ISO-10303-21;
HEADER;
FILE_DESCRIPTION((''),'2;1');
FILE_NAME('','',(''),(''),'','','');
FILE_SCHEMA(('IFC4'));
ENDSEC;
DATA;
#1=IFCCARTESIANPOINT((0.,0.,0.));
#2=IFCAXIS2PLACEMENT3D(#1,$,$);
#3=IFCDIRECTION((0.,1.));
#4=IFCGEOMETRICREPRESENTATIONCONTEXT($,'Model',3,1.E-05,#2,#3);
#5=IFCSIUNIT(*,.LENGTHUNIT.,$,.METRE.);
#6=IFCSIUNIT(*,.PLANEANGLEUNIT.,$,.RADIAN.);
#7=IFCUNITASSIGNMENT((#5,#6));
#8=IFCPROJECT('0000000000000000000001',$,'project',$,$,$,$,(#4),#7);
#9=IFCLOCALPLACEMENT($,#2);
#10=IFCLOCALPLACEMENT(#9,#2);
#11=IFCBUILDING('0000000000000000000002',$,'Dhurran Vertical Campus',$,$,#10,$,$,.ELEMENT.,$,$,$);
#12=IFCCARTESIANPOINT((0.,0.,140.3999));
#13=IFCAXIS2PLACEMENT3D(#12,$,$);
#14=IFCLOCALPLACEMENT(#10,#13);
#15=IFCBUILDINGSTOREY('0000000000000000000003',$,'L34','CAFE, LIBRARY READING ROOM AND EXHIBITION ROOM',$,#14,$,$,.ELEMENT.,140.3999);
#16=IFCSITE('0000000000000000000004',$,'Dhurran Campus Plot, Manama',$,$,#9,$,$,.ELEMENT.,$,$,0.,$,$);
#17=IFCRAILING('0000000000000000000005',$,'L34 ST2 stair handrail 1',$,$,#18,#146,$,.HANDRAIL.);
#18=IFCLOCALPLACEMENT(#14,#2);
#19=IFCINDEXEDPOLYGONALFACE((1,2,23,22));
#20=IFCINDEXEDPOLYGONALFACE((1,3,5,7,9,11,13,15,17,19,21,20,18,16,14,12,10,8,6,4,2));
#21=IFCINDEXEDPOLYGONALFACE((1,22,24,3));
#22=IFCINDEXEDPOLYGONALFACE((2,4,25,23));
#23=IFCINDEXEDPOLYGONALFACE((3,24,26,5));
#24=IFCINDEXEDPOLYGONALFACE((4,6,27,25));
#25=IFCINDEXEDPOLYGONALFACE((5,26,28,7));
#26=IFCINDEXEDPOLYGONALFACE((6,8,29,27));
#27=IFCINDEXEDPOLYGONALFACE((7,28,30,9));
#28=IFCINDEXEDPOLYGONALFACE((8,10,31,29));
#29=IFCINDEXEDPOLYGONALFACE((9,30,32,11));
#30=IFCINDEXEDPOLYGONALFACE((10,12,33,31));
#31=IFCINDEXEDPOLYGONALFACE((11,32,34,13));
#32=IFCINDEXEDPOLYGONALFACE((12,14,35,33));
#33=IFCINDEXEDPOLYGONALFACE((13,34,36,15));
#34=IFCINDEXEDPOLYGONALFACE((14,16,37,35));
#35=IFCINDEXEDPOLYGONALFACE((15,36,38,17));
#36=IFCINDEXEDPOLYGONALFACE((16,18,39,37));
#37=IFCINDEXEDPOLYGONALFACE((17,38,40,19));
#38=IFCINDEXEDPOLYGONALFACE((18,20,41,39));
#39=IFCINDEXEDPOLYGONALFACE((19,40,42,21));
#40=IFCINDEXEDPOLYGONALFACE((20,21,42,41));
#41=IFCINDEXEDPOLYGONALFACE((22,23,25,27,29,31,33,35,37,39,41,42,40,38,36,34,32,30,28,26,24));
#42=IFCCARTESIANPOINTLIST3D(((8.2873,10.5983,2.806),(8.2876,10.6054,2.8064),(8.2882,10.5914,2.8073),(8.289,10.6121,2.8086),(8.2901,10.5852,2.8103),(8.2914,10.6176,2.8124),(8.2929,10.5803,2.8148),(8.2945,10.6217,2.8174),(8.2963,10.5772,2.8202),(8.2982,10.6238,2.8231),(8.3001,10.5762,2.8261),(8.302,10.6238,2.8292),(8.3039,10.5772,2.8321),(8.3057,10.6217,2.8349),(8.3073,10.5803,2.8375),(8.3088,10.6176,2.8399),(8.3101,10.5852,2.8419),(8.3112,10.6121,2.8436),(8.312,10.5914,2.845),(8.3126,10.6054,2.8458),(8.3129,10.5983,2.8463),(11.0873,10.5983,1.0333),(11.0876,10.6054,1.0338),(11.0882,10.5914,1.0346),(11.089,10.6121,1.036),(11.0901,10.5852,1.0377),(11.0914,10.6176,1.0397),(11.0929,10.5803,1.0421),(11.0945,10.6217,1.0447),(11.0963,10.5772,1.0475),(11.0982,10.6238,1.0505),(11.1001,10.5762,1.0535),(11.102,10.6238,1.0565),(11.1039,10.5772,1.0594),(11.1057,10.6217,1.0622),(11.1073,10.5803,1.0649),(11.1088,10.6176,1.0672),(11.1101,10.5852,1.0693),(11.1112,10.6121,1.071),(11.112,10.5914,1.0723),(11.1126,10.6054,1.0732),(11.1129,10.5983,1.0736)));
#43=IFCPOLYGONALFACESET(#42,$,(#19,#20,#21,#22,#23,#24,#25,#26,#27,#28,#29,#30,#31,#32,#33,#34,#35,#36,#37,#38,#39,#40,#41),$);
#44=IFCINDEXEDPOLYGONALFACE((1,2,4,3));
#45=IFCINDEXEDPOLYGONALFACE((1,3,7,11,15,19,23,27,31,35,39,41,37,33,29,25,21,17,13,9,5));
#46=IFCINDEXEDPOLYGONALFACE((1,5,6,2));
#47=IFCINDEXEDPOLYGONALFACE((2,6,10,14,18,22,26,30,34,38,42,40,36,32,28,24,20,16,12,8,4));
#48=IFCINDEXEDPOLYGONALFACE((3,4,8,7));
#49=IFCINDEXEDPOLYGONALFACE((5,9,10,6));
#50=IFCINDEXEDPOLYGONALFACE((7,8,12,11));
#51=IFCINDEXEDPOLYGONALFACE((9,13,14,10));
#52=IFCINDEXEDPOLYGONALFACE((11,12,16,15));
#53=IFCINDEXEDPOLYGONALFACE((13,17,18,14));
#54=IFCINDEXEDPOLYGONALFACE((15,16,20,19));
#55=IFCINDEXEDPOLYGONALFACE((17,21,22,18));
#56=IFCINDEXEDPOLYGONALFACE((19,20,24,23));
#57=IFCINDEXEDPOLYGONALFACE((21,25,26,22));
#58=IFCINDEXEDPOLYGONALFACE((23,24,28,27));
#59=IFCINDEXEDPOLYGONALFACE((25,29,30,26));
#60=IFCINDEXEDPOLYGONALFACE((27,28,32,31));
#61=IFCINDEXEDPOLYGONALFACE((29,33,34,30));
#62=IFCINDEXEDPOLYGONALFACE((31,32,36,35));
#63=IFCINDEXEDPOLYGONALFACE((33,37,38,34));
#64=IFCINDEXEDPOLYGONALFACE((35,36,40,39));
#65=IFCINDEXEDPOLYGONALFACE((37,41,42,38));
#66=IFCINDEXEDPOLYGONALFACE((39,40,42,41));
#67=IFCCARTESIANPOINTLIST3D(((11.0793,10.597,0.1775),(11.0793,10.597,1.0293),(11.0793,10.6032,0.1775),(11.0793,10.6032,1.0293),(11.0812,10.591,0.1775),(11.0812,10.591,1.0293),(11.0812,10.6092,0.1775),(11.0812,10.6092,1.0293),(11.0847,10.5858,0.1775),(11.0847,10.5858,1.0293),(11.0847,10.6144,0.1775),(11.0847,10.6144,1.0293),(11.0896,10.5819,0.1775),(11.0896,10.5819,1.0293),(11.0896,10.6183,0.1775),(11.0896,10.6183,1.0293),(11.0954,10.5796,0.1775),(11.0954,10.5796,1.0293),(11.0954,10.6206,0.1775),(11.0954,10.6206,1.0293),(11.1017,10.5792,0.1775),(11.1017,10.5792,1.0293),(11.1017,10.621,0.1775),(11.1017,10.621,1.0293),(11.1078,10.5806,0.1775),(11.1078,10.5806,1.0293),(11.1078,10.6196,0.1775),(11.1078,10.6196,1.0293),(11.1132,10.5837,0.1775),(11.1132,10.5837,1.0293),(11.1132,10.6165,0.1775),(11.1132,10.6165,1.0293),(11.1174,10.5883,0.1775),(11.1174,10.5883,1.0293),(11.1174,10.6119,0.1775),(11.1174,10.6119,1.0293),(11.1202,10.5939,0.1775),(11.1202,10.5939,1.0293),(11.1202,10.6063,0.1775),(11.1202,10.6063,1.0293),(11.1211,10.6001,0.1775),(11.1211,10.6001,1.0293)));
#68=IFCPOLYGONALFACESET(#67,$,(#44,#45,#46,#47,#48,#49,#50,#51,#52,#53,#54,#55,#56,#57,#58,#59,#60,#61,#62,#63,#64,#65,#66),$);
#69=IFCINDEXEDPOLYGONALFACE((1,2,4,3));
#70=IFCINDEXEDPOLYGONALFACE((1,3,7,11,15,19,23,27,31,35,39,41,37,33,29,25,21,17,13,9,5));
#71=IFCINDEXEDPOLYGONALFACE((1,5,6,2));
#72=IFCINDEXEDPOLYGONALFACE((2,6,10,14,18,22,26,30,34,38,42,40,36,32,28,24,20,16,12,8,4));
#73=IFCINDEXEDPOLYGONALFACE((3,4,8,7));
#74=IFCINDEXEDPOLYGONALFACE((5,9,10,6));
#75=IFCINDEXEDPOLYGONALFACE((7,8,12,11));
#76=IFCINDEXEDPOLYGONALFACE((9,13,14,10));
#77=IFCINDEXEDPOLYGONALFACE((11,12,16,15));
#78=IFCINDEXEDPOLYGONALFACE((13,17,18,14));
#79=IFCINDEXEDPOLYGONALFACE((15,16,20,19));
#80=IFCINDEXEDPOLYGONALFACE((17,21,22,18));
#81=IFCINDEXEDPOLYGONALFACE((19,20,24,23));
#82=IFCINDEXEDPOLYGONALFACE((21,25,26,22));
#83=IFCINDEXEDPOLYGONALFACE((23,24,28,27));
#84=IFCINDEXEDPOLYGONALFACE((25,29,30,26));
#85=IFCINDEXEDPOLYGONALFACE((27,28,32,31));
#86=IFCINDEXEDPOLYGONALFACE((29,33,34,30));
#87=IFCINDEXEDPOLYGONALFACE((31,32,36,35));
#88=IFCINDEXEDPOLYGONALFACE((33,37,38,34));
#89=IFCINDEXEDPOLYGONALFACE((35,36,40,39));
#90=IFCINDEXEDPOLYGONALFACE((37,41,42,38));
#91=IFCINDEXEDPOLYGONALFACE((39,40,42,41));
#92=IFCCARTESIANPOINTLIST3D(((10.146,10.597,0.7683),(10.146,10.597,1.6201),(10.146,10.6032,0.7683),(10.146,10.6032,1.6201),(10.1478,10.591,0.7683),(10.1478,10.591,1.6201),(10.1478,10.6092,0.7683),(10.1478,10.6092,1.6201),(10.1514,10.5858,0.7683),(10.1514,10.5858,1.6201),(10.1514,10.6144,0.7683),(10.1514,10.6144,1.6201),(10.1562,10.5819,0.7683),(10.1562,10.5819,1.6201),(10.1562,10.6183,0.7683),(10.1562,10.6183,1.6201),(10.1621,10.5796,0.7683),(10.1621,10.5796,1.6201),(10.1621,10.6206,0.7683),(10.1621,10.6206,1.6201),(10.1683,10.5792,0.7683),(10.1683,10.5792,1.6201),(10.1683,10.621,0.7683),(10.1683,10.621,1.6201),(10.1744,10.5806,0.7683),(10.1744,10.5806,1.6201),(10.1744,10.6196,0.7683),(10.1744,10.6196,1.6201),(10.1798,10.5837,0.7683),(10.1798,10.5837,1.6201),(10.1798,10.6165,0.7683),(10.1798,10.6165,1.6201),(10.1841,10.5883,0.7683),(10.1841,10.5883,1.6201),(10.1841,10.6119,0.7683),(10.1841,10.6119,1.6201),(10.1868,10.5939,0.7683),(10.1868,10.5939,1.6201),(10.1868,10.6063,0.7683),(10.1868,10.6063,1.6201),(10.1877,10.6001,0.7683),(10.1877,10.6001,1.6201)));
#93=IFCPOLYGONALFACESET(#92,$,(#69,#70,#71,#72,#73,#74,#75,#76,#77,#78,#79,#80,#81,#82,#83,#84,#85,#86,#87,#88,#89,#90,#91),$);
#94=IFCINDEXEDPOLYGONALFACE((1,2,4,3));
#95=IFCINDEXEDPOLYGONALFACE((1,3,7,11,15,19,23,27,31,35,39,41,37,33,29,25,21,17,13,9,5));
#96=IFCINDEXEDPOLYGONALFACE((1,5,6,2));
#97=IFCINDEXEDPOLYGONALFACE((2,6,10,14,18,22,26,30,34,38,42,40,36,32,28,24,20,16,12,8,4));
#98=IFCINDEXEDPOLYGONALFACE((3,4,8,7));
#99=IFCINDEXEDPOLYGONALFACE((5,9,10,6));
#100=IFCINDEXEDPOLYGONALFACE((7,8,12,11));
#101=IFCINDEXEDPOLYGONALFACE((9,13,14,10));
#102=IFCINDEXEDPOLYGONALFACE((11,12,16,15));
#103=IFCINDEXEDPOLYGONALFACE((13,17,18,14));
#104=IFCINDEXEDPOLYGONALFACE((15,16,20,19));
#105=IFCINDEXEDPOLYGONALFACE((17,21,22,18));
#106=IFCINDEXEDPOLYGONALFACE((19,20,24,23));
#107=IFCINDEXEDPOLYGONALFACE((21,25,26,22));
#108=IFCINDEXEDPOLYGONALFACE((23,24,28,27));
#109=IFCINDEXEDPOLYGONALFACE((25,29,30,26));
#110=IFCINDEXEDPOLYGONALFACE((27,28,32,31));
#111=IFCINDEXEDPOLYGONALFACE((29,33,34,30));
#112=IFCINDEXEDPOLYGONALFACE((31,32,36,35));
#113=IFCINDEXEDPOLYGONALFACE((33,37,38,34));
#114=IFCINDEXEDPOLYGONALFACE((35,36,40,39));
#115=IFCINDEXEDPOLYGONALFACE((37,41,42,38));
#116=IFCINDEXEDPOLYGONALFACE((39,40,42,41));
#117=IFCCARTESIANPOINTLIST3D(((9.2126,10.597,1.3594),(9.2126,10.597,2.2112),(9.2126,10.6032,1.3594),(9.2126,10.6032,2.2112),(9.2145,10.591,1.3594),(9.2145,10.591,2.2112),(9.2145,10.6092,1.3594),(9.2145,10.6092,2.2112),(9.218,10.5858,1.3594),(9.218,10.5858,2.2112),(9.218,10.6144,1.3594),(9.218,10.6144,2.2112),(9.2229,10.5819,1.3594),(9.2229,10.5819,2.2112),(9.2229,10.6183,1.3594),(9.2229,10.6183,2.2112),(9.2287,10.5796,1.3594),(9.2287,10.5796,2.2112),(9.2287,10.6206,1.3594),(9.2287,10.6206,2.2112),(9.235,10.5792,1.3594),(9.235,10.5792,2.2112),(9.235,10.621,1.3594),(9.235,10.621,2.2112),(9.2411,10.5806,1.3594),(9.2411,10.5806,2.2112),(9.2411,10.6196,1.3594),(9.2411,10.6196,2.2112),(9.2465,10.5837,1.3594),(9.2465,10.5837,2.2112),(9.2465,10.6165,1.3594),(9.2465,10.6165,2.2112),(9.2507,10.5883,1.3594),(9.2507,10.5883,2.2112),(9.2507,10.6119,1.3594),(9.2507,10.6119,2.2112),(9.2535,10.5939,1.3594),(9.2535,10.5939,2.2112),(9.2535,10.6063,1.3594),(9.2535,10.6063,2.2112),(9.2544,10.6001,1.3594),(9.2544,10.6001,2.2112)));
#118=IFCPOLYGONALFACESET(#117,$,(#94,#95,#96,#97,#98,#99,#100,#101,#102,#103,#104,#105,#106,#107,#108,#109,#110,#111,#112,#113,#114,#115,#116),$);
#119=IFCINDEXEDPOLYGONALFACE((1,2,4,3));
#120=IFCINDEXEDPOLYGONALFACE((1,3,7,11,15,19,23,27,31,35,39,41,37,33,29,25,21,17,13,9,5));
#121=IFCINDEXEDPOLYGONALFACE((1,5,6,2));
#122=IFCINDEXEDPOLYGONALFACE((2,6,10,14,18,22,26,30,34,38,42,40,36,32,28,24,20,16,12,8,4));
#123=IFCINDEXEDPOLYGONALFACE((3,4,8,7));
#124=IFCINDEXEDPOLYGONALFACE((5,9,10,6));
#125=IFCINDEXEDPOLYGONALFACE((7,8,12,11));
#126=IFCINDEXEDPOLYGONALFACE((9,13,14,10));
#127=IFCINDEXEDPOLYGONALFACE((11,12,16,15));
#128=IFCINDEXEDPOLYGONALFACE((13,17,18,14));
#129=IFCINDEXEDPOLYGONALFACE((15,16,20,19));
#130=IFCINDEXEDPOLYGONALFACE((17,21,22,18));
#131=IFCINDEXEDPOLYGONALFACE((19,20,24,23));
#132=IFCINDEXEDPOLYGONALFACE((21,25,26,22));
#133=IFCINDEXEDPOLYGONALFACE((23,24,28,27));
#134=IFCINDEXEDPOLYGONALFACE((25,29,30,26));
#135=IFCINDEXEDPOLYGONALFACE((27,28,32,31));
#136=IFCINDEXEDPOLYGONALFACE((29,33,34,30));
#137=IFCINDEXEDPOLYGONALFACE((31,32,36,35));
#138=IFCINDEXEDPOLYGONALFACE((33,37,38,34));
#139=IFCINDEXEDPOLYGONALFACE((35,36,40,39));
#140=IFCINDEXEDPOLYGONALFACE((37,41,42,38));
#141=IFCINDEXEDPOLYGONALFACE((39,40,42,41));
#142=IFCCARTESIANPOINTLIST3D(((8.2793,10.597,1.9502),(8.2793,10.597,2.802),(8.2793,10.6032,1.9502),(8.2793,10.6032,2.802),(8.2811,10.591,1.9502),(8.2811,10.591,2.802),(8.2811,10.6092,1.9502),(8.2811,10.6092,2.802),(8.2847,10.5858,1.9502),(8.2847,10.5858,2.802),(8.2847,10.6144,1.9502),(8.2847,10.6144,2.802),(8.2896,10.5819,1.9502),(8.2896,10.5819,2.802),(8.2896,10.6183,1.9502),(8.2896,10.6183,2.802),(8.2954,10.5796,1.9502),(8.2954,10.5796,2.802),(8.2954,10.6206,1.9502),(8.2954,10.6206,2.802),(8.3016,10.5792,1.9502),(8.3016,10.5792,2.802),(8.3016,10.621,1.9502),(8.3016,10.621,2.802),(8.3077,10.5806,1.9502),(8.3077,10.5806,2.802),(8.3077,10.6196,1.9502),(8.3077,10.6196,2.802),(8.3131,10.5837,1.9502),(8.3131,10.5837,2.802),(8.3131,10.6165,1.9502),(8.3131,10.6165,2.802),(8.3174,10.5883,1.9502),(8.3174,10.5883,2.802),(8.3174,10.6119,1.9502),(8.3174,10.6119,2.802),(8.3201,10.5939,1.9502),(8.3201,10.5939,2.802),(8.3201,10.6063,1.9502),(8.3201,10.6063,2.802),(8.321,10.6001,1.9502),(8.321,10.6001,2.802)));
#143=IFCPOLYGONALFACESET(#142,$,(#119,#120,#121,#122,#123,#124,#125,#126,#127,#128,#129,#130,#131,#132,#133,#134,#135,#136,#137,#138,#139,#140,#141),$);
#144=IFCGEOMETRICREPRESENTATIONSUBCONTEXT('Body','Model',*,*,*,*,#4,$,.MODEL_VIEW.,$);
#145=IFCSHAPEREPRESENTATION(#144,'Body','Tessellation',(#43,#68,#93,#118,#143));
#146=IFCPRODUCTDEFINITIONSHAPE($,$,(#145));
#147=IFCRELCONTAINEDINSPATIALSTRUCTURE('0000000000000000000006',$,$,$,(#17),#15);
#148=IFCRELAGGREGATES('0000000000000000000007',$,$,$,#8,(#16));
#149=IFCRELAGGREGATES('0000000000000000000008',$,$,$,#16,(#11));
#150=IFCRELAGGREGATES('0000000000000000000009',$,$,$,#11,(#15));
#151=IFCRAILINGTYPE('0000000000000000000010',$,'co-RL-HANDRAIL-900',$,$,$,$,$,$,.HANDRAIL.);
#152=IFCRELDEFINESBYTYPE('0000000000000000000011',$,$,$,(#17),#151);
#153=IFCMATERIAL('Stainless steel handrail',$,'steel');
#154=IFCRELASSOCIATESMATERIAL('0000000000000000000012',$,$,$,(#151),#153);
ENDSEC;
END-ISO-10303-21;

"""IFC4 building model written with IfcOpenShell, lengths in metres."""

from ifc_helpers import new_model, si_unit, direction, frame, origin, origin_2d, place, context, subcontext, project, spatial, circle, extrude, material, type_object, element, save


model = new_model("IFC4")

# Units and contexts
model_context = context("Model", 3, precision=1e-05, world=origin(), true_north=direction((0.0, 1.0)))
body_context = subcontext(model_context, "Body", "Model", "MODEL_VIEW")
ifc_project = project(units=[si_unit("LENGTHUNIT", "METRE"), si_unit("PLANEANGLEUNIT", "RADIAN")], contexts=[model_context])

# Site, building, storey
site_placement = place(None, origin())
site = spatial("IfcSite", under=ifc_project, at=site_placement, Name="Dhurran Campus Plot, Manama", CompositionType="ELEMENT", RefElevation=0.0)
building_placement = place(site_placement, origin())
building = spatial("IfcBuilding", under=site, at=building_placement, Name="Dhurran Vertical Campus", CompositionType="ELEMENT")
storey_placement = place(building_placement, frame((0.0, 0.0, 140.3999)))
storey = spatial("IfcBuildingStorey", under=building, at=storey_placement, Name="L34", Description="CAFE, LIBRARY READING ROOM AND EXHIBITION ROOM", CompositionType="ELEMENT", Elevation=140.3999)

# Railing
ifc_material_1 = material(Name="Stainless steel handrail", Category="steel")
railing_type_1 = type_object("IfcRailingType", Name="co-RL-HANDRAIL-900", PredefinedType="HANDRAIL", material=ifc_material_1)
railing_1_placement = place(storey_placement, frame((11.1001, 10.6001, 0.1775)))
element("IfcRailing", 1, at=railing_1_placement, inside=storey, type_object=railing_type_1, Name="L34 ST2 stair handrail 1", PredefinedType="HANDRAIL", context=body_context, shape_type="SweptSolid", body=[
    extrude(circle(Radius=0.0239, at=origin_2d()), frame((0.0, 0.0, 0.876), z_axis=(-0.844909, 0.0, 0.53491), x_axis=(0.0, -1.0, 0.0)), (0.0, 0.0, 1.0), 3.314),
    extrude(circle(Radius=0.021, at=origin_2d()), origin(), (0.0, 0.0, 1.0), 0.8518),
    extrude(circle(Radius=0.021, at=origin_2d()), frame((-0.9333, 0.0, 0.5908)), (0.0, 0.0, 1.0), 0.8518),
    extrude(circle(Radius=0.021, at=origin_2d()), frame((-1.8667, 0.0, 1.1819)), (0.0, 0.0, 1.0), 0.8518),
    extrude(circle(Radius=0.021, at=origin_2d()), frame((-2.8, 0.0, 1.7727)), (0.0, 0.0, 1.0), 0.8518),
])

save(model, "model.ifc")
